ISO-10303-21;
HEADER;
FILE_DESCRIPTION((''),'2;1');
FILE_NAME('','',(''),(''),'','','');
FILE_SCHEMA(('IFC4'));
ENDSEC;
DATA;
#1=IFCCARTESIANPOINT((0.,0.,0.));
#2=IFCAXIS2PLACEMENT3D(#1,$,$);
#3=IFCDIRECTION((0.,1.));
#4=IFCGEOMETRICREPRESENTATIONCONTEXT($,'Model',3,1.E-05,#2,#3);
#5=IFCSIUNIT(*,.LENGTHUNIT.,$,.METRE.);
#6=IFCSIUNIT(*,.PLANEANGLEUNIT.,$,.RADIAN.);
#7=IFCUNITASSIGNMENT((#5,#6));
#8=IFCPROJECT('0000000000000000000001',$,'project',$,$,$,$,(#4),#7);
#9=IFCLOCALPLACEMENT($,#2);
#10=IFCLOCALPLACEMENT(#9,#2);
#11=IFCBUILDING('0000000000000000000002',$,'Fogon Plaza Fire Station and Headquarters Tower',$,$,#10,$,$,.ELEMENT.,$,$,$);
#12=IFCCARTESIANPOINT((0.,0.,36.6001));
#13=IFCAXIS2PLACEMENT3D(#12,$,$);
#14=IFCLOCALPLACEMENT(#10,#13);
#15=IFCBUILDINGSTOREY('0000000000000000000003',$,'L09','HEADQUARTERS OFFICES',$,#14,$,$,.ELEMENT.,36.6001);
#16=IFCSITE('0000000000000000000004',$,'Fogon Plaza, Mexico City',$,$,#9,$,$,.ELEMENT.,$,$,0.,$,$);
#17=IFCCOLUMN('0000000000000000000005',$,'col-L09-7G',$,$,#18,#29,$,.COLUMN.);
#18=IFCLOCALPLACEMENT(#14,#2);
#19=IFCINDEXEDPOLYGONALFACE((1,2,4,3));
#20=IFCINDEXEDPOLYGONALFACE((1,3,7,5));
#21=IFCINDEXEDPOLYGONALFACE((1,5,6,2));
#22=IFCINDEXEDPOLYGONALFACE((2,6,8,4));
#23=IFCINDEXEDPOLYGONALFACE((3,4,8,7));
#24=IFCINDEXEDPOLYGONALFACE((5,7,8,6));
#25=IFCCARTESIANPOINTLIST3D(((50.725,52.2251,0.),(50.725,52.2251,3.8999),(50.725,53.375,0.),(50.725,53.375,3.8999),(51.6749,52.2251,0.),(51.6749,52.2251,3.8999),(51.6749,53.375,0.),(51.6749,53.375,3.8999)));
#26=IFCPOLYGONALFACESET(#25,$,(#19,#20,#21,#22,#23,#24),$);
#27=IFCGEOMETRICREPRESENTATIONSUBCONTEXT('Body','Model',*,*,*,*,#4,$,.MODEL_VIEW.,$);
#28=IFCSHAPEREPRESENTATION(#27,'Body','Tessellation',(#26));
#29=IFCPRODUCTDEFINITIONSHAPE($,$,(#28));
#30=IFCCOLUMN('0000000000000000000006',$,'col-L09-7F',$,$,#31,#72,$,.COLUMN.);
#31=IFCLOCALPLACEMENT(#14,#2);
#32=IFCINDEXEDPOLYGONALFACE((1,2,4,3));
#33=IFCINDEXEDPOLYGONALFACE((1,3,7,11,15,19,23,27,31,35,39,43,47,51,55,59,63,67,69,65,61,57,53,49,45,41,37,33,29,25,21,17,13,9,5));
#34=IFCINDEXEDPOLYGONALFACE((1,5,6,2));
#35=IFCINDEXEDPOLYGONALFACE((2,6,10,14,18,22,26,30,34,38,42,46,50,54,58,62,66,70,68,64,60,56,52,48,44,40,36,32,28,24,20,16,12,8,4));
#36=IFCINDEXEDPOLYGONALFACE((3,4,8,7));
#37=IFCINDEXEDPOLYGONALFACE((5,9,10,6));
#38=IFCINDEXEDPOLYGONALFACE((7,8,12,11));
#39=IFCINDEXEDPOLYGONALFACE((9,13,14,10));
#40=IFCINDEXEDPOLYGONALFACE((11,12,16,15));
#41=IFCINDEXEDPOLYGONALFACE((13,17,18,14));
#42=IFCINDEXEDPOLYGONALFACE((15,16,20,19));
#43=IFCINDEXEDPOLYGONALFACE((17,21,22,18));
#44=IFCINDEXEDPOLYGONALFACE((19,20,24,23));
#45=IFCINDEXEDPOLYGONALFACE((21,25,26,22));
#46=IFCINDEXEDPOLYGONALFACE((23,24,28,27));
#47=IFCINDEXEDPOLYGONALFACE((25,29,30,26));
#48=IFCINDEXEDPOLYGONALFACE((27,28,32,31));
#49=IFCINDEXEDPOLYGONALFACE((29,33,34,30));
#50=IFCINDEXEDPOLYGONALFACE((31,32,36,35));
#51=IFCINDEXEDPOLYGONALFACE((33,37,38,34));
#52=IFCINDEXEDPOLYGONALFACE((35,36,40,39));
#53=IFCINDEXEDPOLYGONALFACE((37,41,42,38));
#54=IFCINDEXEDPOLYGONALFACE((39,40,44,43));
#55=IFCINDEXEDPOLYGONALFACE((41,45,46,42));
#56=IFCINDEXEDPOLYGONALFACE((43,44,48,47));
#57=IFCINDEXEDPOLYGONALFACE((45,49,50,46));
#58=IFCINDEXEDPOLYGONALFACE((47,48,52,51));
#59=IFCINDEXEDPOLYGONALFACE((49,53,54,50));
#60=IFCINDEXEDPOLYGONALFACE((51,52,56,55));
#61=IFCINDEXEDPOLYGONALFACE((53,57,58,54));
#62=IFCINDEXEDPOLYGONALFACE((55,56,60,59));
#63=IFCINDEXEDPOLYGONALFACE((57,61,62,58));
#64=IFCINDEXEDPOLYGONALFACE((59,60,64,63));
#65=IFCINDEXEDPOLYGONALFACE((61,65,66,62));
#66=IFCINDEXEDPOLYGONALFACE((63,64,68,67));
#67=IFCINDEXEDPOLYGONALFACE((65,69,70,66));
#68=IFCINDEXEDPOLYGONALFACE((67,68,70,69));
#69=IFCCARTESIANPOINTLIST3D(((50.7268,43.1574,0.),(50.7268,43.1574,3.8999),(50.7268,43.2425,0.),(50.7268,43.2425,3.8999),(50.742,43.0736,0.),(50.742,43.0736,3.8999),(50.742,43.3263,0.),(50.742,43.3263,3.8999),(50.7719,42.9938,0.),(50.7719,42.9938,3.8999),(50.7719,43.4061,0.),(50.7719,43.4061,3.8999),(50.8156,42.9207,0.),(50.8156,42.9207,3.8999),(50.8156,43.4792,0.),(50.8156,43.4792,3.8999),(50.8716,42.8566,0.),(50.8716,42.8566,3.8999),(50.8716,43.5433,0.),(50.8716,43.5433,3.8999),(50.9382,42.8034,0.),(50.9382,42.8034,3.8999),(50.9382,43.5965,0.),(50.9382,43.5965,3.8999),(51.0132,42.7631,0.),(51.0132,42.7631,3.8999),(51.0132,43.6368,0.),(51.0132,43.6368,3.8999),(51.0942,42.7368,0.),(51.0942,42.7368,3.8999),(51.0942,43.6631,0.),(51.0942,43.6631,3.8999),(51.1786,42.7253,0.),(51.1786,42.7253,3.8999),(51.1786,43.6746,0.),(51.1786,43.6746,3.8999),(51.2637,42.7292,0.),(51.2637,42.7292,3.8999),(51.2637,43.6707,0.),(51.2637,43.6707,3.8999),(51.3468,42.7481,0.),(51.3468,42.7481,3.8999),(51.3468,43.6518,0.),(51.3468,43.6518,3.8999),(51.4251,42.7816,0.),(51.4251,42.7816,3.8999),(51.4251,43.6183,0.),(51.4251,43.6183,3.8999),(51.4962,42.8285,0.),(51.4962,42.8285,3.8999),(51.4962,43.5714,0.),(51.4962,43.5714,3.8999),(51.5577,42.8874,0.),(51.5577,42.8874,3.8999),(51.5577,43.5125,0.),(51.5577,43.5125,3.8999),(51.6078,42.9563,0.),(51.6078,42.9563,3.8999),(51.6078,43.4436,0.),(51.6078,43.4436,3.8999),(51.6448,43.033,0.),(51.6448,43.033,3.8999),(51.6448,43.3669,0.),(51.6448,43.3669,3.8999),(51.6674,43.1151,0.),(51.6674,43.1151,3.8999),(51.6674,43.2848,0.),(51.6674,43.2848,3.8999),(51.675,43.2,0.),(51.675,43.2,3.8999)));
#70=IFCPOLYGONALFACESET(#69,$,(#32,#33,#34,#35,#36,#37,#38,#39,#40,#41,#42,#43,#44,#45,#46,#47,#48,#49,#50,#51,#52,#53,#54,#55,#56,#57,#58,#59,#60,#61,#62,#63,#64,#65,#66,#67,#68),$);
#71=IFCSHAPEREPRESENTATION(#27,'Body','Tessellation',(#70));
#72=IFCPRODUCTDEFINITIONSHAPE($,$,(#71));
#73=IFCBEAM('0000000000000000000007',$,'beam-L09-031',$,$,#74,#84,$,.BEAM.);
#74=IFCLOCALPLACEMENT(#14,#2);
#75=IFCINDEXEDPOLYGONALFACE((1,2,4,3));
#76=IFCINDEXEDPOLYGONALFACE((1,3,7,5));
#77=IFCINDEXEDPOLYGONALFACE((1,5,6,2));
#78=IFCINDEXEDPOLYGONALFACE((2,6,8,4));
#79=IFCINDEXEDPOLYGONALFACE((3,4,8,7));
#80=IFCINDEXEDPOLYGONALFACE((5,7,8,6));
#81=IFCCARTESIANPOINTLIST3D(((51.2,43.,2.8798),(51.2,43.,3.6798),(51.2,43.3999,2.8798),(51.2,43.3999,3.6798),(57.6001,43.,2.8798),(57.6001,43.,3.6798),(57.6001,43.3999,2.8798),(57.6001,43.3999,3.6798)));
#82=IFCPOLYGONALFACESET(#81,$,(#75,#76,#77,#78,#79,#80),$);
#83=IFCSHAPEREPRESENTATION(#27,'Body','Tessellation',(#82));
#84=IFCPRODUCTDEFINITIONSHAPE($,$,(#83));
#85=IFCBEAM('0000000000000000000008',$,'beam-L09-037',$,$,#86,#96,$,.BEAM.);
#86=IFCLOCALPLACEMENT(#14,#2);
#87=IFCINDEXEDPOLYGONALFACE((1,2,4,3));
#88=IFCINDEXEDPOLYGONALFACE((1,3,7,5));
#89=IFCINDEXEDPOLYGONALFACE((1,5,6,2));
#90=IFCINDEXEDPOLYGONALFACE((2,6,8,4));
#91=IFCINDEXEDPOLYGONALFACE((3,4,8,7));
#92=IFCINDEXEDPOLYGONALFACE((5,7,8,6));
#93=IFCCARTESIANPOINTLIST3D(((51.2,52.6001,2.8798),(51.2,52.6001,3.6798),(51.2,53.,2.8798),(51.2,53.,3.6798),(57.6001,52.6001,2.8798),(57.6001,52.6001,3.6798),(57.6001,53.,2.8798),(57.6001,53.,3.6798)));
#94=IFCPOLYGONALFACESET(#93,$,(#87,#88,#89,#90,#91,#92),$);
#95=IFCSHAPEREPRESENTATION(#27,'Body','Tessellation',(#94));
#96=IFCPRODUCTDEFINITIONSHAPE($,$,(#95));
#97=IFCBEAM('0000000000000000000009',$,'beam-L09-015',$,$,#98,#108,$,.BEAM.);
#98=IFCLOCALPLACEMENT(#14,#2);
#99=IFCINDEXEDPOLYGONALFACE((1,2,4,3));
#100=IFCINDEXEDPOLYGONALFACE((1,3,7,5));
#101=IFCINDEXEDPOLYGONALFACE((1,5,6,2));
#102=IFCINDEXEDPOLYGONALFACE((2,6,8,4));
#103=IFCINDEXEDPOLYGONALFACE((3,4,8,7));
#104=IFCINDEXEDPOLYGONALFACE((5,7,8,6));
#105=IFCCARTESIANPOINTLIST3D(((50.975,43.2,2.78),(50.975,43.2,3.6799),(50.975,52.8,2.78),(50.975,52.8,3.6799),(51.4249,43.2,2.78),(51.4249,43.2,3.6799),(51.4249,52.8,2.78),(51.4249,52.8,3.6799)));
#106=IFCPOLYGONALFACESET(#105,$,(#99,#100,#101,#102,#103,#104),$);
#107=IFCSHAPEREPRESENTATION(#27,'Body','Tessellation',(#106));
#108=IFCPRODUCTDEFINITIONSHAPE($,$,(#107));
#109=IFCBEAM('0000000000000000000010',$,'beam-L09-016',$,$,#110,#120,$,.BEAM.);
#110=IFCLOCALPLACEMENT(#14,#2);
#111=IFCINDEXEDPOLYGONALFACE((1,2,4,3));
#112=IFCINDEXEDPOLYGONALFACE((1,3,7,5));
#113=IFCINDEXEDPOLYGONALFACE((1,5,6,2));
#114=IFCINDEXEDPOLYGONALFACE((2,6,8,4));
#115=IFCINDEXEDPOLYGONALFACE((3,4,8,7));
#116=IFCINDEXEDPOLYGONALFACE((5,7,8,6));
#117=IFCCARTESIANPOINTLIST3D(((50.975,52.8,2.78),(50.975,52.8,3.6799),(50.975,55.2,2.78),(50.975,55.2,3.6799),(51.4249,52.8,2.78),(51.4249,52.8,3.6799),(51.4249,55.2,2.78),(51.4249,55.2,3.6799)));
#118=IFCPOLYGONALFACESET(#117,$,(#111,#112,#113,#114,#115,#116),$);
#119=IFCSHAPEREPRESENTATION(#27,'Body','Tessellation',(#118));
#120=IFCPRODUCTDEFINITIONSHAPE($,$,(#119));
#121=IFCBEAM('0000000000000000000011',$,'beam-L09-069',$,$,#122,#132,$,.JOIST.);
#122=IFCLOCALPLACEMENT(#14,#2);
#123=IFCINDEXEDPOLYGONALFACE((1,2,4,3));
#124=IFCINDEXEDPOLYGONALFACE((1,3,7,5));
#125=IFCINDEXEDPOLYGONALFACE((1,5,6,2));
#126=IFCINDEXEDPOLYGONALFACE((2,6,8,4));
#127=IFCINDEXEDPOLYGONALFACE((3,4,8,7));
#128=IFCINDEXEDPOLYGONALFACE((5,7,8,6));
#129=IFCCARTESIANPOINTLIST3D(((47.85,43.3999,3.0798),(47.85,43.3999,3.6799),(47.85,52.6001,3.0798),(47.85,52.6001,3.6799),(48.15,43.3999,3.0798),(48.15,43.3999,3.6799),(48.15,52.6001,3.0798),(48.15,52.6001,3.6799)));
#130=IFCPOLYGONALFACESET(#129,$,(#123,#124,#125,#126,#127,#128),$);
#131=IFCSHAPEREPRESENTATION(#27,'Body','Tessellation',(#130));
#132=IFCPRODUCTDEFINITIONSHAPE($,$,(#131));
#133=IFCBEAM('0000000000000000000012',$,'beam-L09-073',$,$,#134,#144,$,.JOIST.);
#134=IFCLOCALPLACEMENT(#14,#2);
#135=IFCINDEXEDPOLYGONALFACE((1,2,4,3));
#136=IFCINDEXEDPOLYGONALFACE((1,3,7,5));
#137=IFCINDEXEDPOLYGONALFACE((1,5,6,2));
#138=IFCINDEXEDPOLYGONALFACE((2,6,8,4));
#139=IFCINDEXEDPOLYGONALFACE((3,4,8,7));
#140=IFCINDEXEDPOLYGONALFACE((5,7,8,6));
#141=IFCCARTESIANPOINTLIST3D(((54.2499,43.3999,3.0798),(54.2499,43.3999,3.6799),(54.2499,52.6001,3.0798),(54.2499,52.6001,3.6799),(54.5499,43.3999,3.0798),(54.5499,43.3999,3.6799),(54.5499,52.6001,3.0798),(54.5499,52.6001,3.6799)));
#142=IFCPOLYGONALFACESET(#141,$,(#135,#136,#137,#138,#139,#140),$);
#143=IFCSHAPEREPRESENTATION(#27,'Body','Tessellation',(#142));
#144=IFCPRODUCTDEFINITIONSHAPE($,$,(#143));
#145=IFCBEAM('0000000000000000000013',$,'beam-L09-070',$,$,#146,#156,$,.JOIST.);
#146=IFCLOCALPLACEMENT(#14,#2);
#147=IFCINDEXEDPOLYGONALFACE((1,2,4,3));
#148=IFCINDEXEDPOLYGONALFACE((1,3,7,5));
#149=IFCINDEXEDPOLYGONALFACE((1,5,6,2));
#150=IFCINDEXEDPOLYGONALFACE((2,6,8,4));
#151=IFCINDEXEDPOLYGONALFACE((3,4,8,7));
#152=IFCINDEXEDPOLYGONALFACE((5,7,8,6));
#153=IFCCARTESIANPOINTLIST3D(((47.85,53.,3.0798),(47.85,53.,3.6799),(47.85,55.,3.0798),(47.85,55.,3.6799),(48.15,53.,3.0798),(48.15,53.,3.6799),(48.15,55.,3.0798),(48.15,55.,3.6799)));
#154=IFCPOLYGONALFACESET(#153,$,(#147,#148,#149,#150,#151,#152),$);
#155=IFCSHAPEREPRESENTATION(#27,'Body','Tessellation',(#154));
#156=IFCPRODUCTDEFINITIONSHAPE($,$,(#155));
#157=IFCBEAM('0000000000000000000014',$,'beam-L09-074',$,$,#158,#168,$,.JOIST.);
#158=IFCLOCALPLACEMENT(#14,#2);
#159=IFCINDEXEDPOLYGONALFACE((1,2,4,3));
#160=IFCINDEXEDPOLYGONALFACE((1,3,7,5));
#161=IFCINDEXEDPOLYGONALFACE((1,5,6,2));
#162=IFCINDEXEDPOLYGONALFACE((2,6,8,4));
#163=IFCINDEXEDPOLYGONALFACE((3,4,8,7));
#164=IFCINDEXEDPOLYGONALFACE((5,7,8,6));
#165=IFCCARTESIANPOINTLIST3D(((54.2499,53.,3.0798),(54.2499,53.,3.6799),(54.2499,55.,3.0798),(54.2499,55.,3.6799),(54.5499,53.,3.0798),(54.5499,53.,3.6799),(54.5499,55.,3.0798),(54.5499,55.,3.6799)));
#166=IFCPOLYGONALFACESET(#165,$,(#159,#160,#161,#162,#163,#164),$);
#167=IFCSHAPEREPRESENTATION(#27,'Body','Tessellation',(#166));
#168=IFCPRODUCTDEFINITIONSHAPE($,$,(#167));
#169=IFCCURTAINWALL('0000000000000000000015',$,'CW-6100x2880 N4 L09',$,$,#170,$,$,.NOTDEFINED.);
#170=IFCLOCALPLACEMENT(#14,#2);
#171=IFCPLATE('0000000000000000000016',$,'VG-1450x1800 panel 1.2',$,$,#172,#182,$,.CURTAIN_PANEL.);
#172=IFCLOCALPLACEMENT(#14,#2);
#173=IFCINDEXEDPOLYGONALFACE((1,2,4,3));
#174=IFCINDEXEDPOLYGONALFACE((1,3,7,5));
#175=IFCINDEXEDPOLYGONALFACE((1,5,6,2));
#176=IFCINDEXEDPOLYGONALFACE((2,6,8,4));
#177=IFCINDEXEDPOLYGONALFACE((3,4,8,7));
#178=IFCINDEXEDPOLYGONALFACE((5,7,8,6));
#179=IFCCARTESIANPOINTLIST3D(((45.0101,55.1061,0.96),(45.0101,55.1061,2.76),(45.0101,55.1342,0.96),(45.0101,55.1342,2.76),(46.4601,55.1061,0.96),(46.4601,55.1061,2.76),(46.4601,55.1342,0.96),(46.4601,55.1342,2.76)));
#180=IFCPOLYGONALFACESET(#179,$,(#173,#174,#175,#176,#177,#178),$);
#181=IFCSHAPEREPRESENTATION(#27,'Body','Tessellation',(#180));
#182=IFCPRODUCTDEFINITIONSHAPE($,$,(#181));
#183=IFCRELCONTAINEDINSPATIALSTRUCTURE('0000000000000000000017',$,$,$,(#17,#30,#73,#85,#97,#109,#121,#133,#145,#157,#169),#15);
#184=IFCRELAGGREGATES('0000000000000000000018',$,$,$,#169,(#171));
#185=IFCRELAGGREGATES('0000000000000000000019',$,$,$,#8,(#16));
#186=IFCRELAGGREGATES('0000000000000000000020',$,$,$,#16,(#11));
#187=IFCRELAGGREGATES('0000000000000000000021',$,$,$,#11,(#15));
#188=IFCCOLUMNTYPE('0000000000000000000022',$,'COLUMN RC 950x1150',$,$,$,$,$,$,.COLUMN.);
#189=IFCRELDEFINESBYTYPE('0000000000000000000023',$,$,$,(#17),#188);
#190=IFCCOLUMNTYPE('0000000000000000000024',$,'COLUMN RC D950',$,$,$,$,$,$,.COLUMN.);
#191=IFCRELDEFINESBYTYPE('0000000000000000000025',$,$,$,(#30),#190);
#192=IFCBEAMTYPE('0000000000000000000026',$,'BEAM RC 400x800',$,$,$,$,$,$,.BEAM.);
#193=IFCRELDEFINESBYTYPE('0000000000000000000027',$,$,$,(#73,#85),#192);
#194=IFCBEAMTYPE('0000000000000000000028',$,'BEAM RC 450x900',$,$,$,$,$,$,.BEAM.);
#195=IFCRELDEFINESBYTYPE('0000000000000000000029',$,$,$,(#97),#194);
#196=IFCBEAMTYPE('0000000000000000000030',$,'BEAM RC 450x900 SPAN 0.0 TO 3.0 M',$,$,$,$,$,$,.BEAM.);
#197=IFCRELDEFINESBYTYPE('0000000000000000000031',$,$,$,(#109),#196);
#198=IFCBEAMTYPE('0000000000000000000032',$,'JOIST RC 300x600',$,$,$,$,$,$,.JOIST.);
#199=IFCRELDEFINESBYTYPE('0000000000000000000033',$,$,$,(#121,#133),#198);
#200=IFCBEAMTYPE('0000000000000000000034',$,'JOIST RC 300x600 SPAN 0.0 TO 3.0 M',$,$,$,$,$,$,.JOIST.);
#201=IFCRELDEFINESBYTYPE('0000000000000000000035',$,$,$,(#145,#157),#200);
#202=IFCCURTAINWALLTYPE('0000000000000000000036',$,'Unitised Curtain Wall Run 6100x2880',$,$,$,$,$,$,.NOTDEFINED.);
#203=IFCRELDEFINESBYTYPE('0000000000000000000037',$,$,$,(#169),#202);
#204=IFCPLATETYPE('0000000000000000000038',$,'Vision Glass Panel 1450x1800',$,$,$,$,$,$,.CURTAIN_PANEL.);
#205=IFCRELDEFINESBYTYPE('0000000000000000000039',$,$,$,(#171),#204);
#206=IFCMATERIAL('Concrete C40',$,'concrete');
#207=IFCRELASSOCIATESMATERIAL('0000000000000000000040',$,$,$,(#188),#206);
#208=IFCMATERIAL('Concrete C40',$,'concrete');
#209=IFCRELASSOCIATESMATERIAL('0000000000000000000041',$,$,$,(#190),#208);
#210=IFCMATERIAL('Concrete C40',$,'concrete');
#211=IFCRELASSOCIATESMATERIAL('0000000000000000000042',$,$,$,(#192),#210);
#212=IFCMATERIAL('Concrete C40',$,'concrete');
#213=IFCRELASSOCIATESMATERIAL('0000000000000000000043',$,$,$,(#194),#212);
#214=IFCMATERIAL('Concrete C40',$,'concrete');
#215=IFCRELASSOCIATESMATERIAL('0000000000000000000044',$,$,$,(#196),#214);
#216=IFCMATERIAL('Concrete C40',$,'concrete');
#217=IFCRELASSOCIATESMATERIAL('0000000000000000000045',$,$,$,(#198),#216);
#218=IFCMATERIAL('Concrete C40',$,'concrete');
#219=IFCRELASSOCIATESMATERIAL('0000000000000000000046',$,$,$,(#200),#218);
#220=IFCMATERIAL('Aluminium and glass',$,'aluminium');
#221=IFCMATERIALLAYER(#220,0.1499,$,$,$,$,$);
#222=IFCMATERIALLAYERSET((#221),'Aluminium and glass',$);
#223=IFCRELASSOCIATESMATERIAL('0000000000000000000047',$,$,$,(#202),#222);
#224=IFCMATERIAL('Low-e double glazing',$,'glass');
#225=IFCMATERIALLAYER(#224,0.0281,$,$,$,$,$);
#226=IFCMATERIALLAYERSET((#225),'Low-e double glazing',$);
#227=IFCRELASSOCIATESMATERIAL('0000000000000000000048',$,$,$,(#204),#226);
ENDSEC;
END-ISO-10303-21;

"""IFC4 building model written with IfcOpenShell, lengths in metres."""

from ifc_helpers import new_model, si_unit, direction, frame, origin, origin_2d, place, context, subcontext, project, spatial, rectangle, circle, extrude, material, layer, layer_set, material_profile, profile_set, type_object, element, aggregate, save


model = new_model("IFC4")

# Units and contexts
model_context = context("Model", 3, precision=1e-05, world=origin(), true_north=direction((0.0, 1.0)))
body_context = subcontext(model_context, "Body", "Model", "MODEL_VIEW")
ifc_project = project(units=[si_unit("LENGTHUNIT", "METRE"), si_unit("PLANEANGLEUNIT", "RADIAN")], contexts=[model_context])

# Site, building, storey
site_placement = place(None, origin())
site = spatial("IfcSite", under=ifc_project, at=site_placement, Name="Fogon Plaza, Mexico City", CompositionType="ELEMENT", RefElevation=0.0)
building_placement = place(site_placement, origin())
building = spatial("IfcBuilding", under=site, at=building_placement, Name="Fogon Plaza Fire Station and Headquarters Tower", CompositionType="ELEMENT")
storey_placement = place(building_placement, frame((0.0, 0.0, 36.6001)))
storey = spatial("IfcBuildingStorey", under=building, at=storey_placement, Name="L09", Description="HEADQUARTERS OFFICES", CompositionType="ELEMENT", Elevation=36.6001)

# Columns
ifc_material_1 = material(Name="Concrete C40", Category="concrete")
ifc_material_profile_1 = material_profile(ifc_material_1, rectangle(XDim=0.95, YDim=1.1499, at=origin_2d()), Name="RC 950x1150")
ifc_profile_set_1 = profile_set([ifc_material_profile_1], Name="Concrete C40")
column_type_1 = type_object("IfcColumnType", Name="COLUMN RC 950x1150", PredefinedType="COLUMN", material=ifc_profile_set_1)
column_1_placement = place(storey_placement, frame((51.2, 52.8, 0.0), z_axis=(0.0, 0.0, 1.0), x_axis=(1.0, 0.0, 0.0)))
element("IfcColumn", 1, at=column_1_placement, inside=storey, type_object=column_type_1, Name="col-L09-7G", PredefinedType="COLUMN", context=body_context, shape_type="SweptSolid", body=[
    extrude(rectangle(XDim=0.95, YDim=1.1499, at=origin_2d()), origin(), (0.0, 0.0, 1.0), 3.8999),
])
ifc_material_2 = material(Name="Concrete C40", Category="concrete")
ifc_material_profile_2 = material_profile(ifc_material_2, circle(Radius=0.4751, at=origin_2d()), Name="RC D950")
ifc_profile_set_2 = profile_set([ifc_material_profile_2], Name="Concrete C40")
column_type_2 = type_object("IfcColumnType", Name="COLUMN RC D950", PredefinedType="COLUMN", material=ifc_profile_set_2)
column_2_placement = place(storey_placement, frame((51.2, 43.2, 0.0), z_axis=(0.0, 0.0, 1.0), x_axis=(1.0, 0.0, 0.0)))
element("IfcColumn", 2, at=column_2_placement, inside=storey, type_object=column_type_2, Name="col-L09-7F", PredefinedType="COLUMN", context=body_context, shape_type="SweptSolid", body=[
    extrude(circle(Radius=0.4751, at=origin_2d()), origin(), (0.0, 0.0, 1.0), 3.8999),
])

# Beams
ifc_material_3 = material(Name="Concrete C40", Category="concrete")
ifc_material_profile_3 = material_profile(ifc_material_3, rectangle(XDim=0.3999, YDim=0.8, at=origin_2d()), Name="RC 400x800")
ifc_profile_set_3 = profile_set([ifc_material_profile_3], Name="Concrete C40")
beam_type_1 = type_object("IfcBeamType", Name="BEAM RC 400x800", PredefinedType="BEAM", material=ifc_profile_set_3)
for number, where, z_axis, x_axis, name in (
    (3, (51.2, 43.2, 3.2798), (1.0, 0.0, 0.0), (0.0, 1.0, 0.0), "beam-L09-031"),
    (4, (51.2, 52.8, 3.2798), (1.0, 0.0, 0.0), (0.0, 1.0, 0.0), "beam-L09-037"),
):
    element("IfcBeam", number, at=place(storey_placement, frame(where, z_axis=z_axis, x_axis=x_axis)), inside=storey, type_object=beam_type_1, Name=name, PredefinedType="BEAM", context=body_context, shape_type="SweptSolid", body=[
        extrude(rectangle(XDim=0.3999, YDim=0.8, at=origin_2d()), origin(), (0.0, 0.0, 1.0), 6.4001),
    ])
ifc_material_4 = material(Name="Concrete C40", Category="concrete")
ifc_material_profile_4 = material_profile(ifc_material_4, rectangle(XDim=0.45, YDim=0.8999, at=origin_2d()), Name="RC 450x900")
ifc_profile_set_4 = profile_set([ifc_material_profile_4], Name="Concrete C40")
beam_type_2 = type_object("IfcBeamType", Name="BEAM RC 450x900", PredefinedType="BEAM", material=ifc_profile_set_4)
beam_1_placement = place(storey_placement, frame((51.2, 43.2, 3.23), z_axis=(0.0, 1.0, 0.0), x_axis=(-1.0, 0.0, 0.0)))
element("IfcBeam", 5, at=beam_1_placement, inside=storey, type_object=beam_type_2, Name="beam-L09-015", PredefinedType="BEAM", context=body_context, shape_type="SweptSolid", body=[
    extrude(rectangle(XDim=0.45, YDim=0.8999, at=origin_2d()), origin(), (0.0, 0.0, 1.0), 9.6001),
])
ifc_material_5 = material(Name="Concrete C40", Category="concrete")
ifc_material_profile_5 = material_profile(ifc_material_5, rectangle(XDim=0.45, YDim=0.8999, at=origin_2d()), Name="RC 450x900")
ifc_profile_set_5 = profile_set([ifc_material_profile_5], Name="Concrete C40")
beam_type_3 = type_object("IfcBeamType", Name="BEAM RC 450x900 SPAN 0.0 TO 3.0 M", PredefinedType="BEAM", material=ifc_profile_set_5)
beam_2_placement = place(storey_placement, frame((51.2, 52.8, 3.23), z_axis=(0.0, 1.0, 0.0), x_axis=(-1.0, 0.0, 0.0)))
element("IfcBeam", 6, at=beam_2_placement, inside=storey, type_object=beam_type_3, Name="beam-L09-016", PredefinedType="BEAM", context=body_context, shape_type="SweptSolid", body=[
    extrude(rectangle(XDim=0.45, YDim=0.8999, at=origin_2d()), origin(), (0.0, 0.0, 1.0), 2.3999),
])
ifc_material_6 = material(Name="Concrete C40", Category="concrete")
ifc_material_profile_6 = material_profile(ifc_material_6, rectangle(XDim=0.3, YDim=0.6001, at=origin_2d()), Name="RC 300x600")
ifc_profile_set_6 = profile_set([ifc_material_profile_6], Name="Concrete C40")
beam_type_4 = type_object("IfcBeamType", Name="JOIST RC 300x600", PredefinedType="JOIST", material=ifc_profile_set_6)
for number, where, z_axis, x_axis, name in (
    (7, (48.0, 43.3999, 3.3799), (0.0, 1.0, 0.0), (-1.0, 0.0, 0.0), "beam-L09-069"),
    (8, (54.3999, 43.3999, 3.3799), (0.0, 1.0, 0.0), (-1.0, 0.0, 0.0), "beam-L09-073"),
):
    element("IfcBeam", number, at=place(storey_placement, frame(where, z_axis=z_axis, x_axis=x_axis)), inside=storey, type_object=beam_type_4, Name=name, PredefinedType="JOIST", context=body_context, shape_type="SweptSolid", body=[
        extrude(rectangle(XDim=0.3, YDim=0.6001, at=origin_2d()), origin(), (0.0, 0.0, 1.0), 9.2002),
    ])
ifc_material_7 = material(Name="Concrete C40", Category="concrete")
ifc_material_profile_7 = material_profile(ifc_material_7, rectangle(XDim=0.3, YDim=0.6001, at=origin_2d()), Name="RC 300x600")
ifc_profile_set_7 = profile_set([ifc_material_profile_7], Name="Concrete C40")
beam_type_5 = type_object("IfcBeamType", Name="JOIST RC 300x600 SPAN 0.0 TO 3.0 M", PredefinedType="JOIST", material=ifc_profile_set_7)
for number, where, z_axis, x_axis, name in (
    (9, (48.0, 53.0, 3.3799), (0.0, 1.0, 0.0), (-1.0, 0.0, 0.0), "beam-L09-070"),
    (10, (54.3999, 53.0, 3.3799), (0.0, 1.0, 0.0), (-1.0, 0.0, 0.0), "beam-L09-074"),
):
    element("IfcBeam", number, at=place(storey_placement, frame(where, z_axis=z_axis, x_axis=x_axis)), inside=storey, type_object=beam_type_5, Name=name, PredefinedType="JOIST", context=body_context, shape_type="SweptSolid", body=[
        extrude(rectangle(XDim=0.3, YDim=0.6001, at=origin_2d()), origin(), (0.0, 0.0, 1.0), 2.0),
    ])

# Curtain wall, plate
ifc_material_8 = material(Name="Aluminium and glass", Category="aluminium")
ifc_layer_1 = layer(ifc_material_8, 0.1499)
ifc_layer_set_1 = layer_set([ifc_layer_1], Name="Aluminium and glass")
curtain_wall_type = type_object("IfcCurtainWallType", Name="Unitised Curtain Wall Run 6100x2880", PredefinedType="NOTDEFINED", material=ifc_layer_set_1)
curtain_wall_placement = place(storey_placement, origin())
curtain_wall = element("IfcCurtainWall", 11, at=curtain_wall_placement, inside=storey, type_object=curtain_wall_type, Name="CW-6100x2880 N4 L09", PredefinedType="NOTDEFINED")
ifc_material_9 = material(Name="Low-e double glazing", Category="glass")
ifc_layer_2 = layer(ifc_material_9, 0.0281)
ifc_layer_set_2 = layer_set([ifc_layer_2], Name="Low-e double glazing")
plate_type = type_object("IfcPlateType", Name="Vision Glass Panel 1450x1800", PredefinedType="CURTAIN_PANEL", material=ifc_layer_set_2)
plate_placement = place(storey_placement, frame((45.7351, 55.1201, 0.96), z_axis=(0.0, 0.0, 1.0), x_axis=(1.0, 0.0, 0.0)))
plate = element("IfcPlate", 12, at=plate_placement, type_object=plate_type, Name="VG-1450x1800 panel 1.2", PredefinedType="CURTAIN_PANEL", context=body_context, shape_type="SweptSolid", body=[
    extrude(rectangle(XDim=1.45, YDim=0.0281, at=origin_2d()), origin(), (0.0, 0.0, 1.0), 1.8),
])
aggregate(curtain_wall, [plate])

save(model, "model.ifc")
